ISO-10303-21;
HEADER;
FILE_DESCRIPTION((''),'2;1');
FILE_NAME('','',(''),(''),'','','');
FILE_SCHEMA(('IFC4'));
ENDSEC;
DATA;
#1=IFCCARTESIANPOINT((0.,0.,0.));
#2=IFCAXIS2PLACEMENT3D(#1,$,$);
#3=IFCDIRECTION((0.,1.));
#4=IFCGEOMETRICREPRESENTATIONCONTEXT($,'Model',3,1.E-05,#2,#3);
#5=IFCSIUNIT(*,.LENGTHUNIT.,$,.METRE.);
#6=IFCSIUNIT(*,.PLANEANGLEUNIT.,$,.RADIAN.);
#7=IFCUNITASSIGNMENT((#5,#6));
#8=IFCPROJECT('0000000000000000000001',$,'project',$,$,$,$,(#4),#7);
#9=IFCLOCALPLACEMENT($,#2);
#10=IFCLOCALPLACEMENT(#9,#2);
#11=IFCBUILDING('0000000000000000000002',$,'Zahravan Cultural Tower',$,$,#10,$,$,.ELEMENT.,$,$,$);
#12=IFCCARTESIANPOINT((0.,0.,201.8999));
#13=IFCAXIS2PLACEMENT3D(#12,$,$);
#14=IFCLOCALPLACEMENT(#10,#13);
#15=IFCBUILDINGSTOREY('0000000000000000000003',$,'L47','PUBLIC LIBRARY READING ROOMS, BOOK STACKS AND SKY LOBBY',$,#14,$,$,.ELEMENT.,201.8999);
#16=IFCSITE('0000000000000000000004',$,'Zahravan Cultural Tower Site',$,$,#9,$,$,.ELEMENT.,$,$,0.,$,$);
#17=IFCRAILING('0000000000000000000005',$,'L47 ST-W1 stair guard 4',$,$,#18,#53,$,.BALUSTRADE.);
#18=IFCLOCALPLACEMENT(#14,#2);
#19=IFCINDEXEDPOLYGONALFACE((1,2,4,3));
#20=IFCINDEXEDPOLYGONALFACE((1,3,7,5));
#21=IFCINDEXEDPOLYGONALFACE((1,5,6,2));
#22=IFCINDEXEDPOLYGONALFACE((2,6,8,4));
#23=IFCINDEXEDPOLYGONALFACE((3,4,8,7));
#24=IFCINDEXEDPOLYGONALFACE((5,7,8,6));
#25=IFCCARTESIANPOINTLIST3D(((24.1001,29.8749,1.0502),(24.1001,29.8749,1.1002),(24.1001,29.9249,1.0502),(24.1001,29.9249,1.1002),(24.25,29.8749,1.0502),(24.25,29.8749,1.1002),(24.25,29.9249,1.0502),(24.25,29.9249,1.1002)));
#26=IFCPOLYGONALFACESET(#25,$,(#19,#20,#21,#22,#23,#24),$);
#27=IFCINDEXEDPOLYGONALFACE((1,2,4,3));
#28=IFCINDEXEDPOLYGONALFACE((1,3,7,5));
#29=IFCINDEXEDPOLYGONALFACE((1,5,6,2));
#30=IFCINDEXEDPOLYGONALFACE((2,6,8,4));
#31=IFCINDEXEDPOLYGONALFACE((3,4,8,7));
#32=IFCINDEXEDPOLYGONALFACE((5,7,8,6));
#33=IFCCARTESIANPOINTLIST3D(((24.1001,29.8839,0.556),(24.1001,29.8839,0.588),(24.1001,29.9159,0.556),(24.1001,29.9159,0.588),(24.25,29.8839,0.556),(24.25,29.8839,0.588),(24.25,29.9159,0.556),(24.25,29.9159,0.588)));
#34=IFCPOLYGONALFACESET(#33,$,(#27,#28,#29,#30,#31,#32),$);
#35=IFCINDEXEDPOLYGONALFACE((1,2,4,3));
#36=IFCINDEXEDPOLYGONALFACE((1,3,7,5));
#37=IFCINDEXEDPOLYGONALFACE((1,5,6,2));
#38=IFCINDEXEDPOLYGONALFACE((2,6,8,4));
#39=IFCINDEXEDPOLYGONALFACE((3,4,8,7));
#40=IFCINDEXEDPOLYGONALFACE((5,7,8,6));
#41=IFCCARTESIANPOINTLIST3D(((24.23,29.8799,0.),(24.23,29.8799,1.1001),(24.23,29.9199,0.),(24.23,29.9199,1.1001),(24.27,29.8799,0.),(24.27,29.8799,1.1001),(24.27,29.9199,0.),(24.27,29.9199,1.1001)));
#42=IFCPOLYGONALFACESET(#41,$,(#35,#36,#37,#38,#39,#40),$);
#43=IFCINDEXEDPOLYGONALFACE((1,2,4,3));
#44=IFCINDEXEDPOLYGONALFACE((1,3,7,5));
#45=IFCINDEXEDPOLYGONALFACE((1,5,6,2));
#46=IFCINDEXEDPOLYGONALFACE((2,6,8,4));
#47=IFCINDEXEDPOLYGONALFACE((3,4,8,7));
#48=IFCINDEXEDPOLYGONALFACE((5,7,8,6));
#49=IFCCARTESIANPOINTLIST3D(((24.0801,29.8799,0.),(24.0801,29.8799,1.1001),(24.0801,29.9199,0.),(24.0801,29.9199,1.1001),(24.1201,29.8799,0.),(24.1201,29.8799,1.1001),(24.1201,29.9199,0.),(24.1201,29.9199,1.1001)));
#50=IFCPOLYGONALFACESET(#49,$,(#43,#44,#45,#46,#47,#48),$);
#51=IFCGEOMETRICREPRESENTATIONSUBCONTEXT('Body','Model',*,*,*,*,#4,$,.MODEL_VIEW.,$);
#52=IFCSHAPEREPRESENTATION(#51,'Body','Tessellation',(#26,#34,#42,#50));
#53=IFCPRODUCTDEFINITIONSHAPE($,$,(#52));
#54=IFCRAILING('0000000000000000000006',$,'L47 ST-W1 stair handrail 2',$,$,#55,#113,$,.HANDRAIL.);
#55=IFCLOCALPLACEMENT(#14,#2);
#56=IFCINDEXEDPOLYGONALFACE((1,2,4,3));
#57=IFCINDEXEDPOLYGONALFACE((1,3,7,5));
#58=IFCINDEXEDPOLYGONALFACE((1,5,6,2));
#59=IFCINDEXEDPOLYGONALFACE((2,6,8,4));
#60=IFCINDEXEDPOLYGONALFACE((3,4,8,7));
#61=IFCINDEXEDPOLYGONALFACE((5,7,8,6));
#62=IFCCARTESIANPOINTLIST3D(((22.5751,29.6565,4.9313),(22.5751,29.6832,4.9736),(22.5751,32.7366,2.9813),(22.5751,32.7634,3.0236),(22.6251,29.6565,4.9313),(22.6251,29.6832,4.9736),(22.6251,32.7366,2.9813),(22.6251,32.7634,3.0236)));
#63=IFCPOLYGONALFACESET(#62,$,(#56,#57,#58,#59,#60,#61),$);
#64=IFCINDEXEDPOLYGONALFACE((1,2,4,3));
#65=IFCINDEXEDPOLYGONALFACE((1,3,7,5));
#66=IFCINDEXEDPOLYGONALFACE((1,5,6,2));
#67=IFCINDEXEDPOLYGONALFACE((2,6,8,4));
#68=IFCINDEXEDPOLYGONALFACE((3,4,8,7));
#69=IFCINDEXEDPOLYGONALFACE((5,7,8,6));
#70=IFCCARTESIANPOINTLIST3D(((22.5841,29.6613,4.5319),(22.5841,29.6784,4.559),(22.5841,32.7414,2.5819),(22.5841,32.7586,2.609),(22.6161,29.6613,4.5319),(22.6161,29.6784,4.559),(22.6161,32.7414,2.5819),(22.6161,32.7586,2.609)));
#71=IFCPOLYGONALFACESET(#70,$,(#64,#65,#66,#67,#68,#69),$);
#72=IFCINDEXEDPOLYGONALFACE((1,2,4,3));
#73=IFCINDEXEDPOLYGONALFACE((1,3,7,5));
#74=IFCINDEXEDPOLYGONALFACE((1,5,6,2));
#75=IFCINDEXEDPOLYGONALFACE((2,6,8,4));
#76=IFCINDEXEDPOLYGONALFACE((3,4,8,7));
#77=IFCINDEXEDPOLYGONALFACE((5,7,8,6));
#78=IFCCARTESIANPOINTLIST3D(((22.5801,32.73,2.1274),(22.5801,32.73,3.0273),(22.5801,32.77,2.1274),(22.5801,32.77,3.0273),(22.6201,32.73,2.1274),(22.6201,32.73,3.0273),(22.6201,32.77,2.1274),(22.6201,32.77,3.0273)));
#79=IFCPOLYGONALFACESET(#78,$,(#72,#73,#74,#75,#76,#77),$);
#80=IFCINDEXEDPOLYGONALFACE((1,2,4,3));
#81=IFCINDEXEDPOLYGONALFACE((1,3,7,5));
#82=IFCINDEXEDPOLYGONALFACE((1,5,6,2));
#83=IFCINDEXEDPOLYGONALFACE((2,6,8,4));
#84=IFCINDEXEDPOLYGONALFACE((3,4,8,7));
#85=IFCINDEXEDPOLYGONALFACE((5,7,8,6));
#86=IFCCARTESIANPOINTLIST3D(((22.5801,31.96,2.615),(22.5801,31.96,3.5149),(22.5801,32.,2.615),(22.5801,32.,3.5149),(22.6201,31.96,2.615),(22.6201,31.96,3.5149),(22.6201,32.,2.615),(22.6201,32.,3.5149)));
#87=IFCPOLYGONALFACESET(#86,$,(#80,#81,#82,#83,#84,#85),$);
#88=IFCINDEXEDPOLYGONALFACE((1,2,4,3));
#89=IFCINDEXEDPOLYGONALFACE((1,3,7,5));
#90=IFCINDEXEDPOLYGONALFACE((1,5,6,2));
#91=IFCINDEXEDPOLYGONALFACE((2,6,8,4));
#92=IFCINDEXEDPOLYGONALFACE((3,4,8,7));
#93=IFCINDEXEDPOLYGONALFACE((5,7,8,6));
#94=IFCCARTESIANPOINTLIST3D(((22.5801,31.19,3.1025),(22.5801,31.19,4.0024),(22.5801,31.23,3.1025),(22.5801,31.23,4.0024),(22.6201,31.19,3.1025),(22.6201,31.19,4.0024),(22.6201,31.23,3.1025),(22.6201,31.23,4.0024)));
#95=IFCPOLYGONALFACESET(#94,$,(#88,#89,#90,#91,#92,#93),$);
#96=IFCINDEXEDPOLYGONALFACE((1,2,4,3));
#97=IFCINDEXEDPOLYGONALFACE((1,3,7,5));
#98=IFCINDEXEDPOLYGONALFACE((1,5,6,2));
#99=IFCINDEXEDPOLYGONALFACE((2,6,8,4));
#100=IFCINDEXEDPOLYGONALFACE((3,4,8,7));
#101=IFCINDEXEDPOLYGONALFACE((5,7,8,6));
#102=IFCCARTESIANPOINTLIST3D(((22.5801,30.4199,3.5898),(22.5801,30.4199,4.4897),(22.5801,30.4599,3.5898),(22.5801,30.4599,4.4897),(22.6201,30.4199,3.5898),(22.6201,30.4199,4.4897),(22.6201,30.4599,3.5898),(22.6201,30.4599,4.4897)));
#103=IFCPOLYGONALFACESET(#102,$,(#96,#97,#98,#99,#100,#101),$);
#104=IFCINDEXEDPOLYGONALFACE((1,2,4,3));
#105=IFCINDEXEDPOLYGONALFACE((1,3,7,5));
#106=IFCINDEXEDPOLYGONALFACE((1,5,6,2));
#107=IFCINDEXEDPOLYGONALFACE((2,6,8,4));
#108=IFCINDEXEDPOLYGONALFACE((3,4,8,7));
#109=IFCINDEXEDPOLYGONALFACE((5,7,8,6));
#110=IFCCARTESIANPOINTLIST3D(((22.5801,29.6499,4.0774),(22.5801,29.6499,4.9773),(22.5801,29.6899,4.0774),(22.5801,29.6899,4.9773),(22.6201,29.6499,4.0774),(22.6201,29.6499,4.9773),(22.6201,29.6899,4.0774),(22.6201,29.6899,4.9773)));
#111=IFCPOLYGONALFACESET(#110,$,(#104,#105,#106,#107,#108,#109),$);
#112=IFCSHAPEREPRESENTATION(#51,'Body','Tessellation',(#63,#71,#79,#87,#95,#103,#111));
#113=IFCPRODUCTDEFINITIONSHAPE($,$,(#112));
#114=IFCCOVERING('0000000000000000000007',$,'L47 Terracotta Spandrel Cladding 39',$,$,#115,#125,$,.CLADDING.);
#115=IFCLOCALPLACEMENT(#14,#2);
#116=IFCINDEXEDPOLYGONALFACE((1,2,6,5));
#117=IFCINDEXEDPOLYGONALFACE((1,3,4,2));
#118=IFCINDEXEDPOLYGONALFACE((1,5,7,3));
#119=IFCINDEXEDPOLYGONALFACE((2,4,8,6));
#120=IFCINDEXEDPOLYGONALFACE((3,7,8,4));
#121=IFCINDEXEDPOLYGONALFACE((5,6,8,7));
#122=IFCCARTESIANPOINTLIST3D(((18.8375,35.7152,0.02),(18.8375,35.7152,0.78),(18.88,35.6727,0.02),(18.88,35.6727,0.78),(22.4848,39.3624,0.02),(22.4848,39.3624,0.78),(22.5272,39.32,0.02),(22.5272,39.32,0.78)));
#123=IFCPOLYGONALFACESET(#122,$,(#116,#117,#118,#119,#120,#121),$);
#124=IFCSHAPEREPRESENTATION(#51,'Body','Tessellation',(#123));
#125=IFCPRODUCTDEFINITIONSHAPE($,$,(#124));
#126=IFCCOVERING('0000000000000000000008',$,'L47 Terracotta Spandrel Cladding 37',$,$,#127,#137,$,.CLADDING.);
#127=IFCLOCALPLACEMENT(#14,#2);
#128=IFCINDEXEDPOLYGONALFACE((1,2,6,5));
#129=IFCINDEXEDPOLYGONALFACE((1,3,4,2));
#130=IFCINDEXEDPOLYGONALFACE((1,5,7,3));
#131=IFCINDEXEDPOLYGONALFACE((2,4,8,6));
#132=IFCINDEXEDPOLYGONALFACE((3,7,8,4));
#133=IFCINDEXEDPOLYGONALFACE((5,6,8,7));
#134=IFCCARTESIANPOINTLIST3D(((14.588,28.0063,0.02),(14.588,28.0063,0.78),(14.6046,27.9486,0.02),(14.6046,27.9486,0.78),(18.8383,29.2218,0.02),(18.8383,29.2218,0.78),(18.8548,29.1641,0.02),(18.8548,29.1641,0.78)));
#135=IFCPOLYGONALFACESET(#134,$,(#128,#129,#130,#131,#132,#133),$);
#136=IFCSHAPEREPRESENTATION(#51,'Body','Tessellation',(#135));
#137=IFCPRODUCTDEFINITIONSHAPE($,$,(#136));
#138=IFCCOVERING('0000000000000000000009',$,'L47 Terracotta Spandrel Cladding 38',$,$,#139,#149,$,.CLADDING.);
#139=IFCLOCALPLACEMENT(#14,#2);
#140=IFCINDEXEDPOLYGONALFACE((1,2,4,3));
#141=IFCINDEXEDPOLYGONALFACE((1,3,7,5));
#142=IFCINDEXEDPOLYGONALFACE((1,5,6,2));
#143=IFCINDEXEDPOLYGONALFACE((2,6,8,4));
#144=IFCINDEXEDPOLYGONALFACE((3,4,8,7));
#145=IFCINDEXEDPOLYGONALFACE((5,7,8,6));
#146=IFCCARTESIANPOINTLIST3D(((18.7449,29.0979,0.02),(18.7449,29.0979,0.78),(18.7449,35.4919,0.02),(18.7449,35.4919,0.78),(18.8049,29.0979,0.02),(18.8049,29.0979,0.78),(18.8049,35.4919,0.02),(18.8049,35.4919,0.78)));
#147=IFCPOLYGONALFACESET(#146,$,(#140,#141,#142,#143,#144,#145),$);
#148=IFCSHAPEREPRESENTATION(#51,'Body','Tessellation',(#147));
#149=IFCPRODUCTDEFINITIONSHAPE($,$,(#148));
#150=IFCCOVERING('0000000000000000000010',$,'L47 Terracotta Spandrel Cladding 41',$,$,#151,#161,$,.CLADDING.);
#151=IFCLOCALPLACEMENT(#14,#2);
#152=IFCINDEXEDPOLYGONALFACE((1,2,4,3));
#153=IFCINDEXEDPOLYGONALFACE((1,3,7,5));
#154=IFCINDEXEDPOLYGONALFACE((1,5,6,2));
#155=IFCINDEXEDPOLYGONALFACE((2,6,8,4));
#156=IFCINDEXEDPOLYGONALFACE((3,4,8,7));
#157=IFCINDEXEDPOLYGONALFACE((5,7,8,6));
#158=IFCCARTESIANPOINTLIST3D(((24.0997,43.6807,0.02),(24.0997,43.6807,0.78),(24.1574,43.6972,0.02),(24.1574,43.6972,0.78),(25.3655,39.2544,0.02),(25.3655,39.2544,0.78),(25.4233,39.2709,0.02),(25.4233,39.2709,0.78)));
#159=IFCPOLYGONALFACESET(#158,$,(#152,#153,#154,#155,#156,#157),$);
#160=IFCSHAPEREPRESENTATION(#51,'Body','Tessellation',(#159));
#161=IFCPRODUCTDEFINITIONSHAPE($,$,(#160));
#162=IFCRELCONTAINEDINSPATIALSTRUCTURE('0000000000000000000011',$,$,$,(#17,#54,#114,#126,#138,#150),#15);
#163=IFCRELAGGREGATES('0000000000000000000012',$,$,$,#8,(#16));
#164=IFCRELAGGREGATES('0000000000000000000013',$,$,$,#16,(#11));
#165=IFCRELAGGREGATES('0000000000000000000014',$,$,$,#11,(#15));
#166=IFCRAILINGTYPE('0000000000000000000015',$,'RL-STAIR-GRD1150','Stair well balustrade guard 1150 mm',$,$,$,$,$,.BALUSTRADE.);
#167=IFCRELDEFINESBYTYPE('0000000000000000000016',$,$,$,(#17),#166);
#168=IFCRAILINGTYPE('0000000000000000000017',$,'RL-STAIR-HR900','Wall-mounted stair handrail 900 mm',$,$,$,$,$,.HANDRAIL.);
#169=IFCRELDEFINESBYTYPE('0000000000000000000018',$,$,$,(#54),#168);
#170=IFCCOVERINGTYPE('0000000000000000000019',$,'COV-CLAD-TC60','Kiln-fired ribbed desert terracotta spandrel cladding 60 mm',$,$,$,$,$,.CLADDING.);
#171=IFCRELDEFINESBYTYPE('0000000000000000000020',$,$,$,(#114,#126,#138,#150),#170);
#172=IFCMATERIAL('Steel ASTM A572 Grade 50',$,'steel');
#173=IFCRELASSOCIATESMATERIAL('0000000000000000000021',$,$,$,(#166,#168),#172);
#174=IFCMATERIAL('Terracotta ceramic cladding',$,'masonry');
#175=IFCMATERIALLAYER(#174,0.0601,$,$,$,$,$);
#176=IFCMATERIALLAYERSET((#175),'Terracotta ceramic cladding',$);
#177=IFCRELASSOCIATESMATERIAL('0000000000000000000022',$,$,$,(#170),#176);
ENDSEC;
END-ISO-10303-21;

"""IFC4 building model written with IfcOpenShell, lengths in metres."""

from ifc_helpers import new_model, si_unit, direction, frame, origin, origin_2d, place, context, subcontext, project, spatial, rectangle, extrude, source, transform, mapped, material, layer, layer_set, type_object, element, save


model = new_model("IFC4")

# Units and contexts
model_context = context("Model", 3, precision=1e-05, world=origin(), true_north=direction((0.0, 1.0)))
body_context = subcontext(model_context, "Body", "Model", "MODEL_VIEW")
ifc_project = project(units=[si_unit("LENGTHUNIT", "METRE"), si_unit("PLANEANGLEUNIT", "RADIAN")], contexts=[model_context])

# Site, building, storey
site_placement = place(None, origin())
site = spatial("IfcSite", under=ifc_project, at=site_placement, Name="Zahravan Cultural Tower Site", CompositionType="ELEMENT", RefElevation=0.0)
building_placement = place(site_placement, origin())
building = spatial("IfcBuilding", under=site, at=building_placement, Name="Zahravan Cultural Tower", CompositionType="ELEMENT")
storey_placement = place(building_placement, frame((0.0, 0.0, 201.8999)))
storey = spatial("IfcBuildingStorey", under=building, at=storey_placement, Name="L47", Description="PUBLIC LIBRARY READING ROOMS, BOOK STACKS AND SKY LOBBY", CompositionType="ELEMENT", Elevation=201.8999)

# Railings
ifc_material_1 = material(Name="Steel ASTM A572 Grade 50", Category="steel")
railing_type_1 = type_object("IfcRailingType", Name="RL-STAIR-GRD1150", Description="Stair well balustrade guard 1150 mm", PredefinedType="BALUSTRADE", material=ifc_material_1)
railing_1_placement = place(storey_placement, frame((24.25, 29.8999, 0.0)))
element("IfcRailing", 1, at=railing_1_placement, inside=storey, type_object=railing_type_1, Name="L47 ST-W1 stair guard 4", PredefinedType="BALUSTRADE", context=body_context, shape_type="SweptSolid", body=[
    extrude(rectangle(XDim=0.05, YDim=0.05, at=origin_2d()), frame((0.0, 0.0, 1.0752), z_axis=(-1.0, 0.0, 0.0), x_axis=(0.0, -1.0, 0.0)), (0.0, 0.0, 1.0), 0.1499),
    extrude(rectangle(XDim=0.032, YDim=0.032, at=origin_2d()), frame((0.0, 0.0, 0.572), z_axis=(-1.0, 0.0, 0.0), x_axis=(0.0, -1.0, 0.0)), (0.0, 0.0, 1.0), 0.1499),
    extrude(rectangle(XDim=0.04, YDim=0.04, at=origin_2d()), origin(), (0.0, 0.0, 1.0), 1.1001),
    extrude(rectangle(XDim=0.04, YDim=0.04, at=origin_2d()), frame((-0.1499, 0.0, 0.0)), (0.0, 0.0, 1.0), 1.1001),
])
railing_type_2 = type_object("IfcRailingType", Name="RL-STAIR-HR900", Description="Wall-mounted stair handrail 900 mm", PredefinedType="HANDRAIL", material=ifc_material_1)
railing_2_placement = place(storey_placement, frame((22.6001, 32.75, 2.1274)))
element("IfcRailing", 2, at=railing_2_placement, inside=storey, type_object=railing_type_2, Name="L47 ST-W1 stair handrail 2", PredefinedType="HANDRAIL", context=body_context, shape_type="SweptSolid", body=[
    extrude(rectangle(XDim=0.05, YDim=0.05, at=origin_2d()), frame((0.0, 0.0, 0.875), z_axis=(0.0, -0.844914, 0.534902), x_axis=(1.0, 0.0, 0.0)), (0.0, 0.0, 1.0), 3.6455),
    extrude(rectangle(XDim=0.032, YDim=0.032, at=origin_2d()), frame((0.0, 0.0, 0.468), z_axis=(0.0, -0.844914, 0.534902), x_axis=(1.0, 0.0, 0.0)), (0.0, 0.0, 1.0), 3.6455),
    extrude(rectangle(XDim=0.04, YDim=0.04, at=origin_2d()), origin(), (0.0, 0.0, 1.0), 0.8999),
    extrude(rectangle(XDim=0.04, YDim=0.04, at=origin_2d()), frame((0.0, -0.77, 0.4875)), (0.0, 0.0, 1.0), 0.8999),
    extrude(rectangle(XDim=0.04, YDim=0.04, at=origin_2d()), frame((0.0, -1.54, 0.9751)), (0.0, 0.0, 1.0), 0.8999),
    extrude(rectangle(XDim=0.04, YDim=0.04, at=origin_2d()), frame((0.0, -2.3101, 1.4624)), (0.0, 0.0, 1.0), 0.8999),
    extrude(rectangle(XDim=0.04, YDim=0.04, at=origin_2d()), frame((0.0, -3.0801, 1.95)), (0.0, 0.0, 1.0), 0.8999),
])

# Coverings
ifc_material_2 = material(Name="Terracotta ceramic cladding", Category="masonry")
ifc_layer_1 = layer(ifc_material_2, 0.0601)
ifc_layer_set_1 = layer_set([ifc_layer_1], Name="Terracotta ceramic cladding")
covering_type = type_object("IfcCoveringType", Name="COV-CLAD-TC60", Description="Kiln-fired ribbed desert terracotta spandrel cladding 60 mm", PredefinedType="CLADDING", material=ifc_layer_set_1)
shared_shape_1 = source(origin(), body_context, "Body", "SweptSolid", [
    extrude(rectangle(XDim=5.158, YDim=0.0601, at=origin_2d()), origin(), (0.0, 0.0, 1.0), 0.76),
])
covering_1_placement = place(storey_placement, frame((20.6824, 37.5176, 0.02), z_axis=(0.0, 0.0, 1.0), x_axis=(0.707107, 0.707107, 0.0)))
element("IfcCovering", 3, at=covering_1_placement, inside=storey, type_object=covering_type, Name="L47 Terracotta Spandrel Cladding 39", PredefinedType="CLADDING", context=body_context, shape_type="MappedRepresentation", body=[
    mapped(shared_shape_1, transform((0.0, 0.0, 0.0), x_axis=(1.0, 0.0, 0.0), y_axis=(0.0, 1.0, 0.0), z_axis=(0.0, 0.0, 1.0), scale=1.0)),
])
shared_shape_2 = source(origin(), body_context, "Body", "SweptSolid", [
    extrude(rectangle(XDim=4.4207, YDim=0.0601, at=origin_2d()), origin(), (0.0, 0.0, 1.0), 0.76),
])
covering_2_placement = place(storey_placement, frame((16.7214, 28.5852, 0.02), z_axis=(0.0, 0.0, 1.0), x_axis=(0.961459, 0.274949, 0.0)))
element("IfcCovering", 4, at=covering_2_placement, inside=storey, type_object=covering_type, Name="L47 Terracotta Spandrel Cladding 37", PredefinedType="CLADDING", context=body_context, shape_type="MappedRepresentation", body=[
    mapped(shared_shape_2, transform((0.0, 0.0, 0.0), x_axis=(1.0, 0.0, 0.0), y_axis=(0.0, 1.0, 0.0), z_axis=(0.0, 0.0, 1.0), scale=1.0)),
])
shared_shape_3 = source(origin(), body_context, "Body", "SweptSolid", [
    extrude(rectangle(XDim=6.394, YDim=0.0601, at=origin_2d()), origin(), (0.0, 0.0, 1.0), 0.76),
])
covering_3_placement = place(storey_placement, frame((18.7749, 32.2949, 0.02), z_axis=(0.0, 0.0, 1.0), x_axis=(0.0, 1.0, 0.0)))
element("IfcCovering", 5, at=covering_3_placement, inside=storey, type_object=covering_type, Name="L47 Terracotta Spandrel Cladding 38", PredefinedType="CLADDING", context=body_context, shape_type="MappedRepresentation", body=[
    mapped(shared_shape_3, transform((0.0, 0.0, 0.0), x_axis=(1.0, 0.0, 0.0), y_axis=(0.0, 1.0, 0.0), z_axis=(0.0, 0.0, 1.0), scale=1.0)),
])
shared_shape_4 = source(origin(), body_context, "Body", "SweptSolid", [
    extrude(rectangle(XDim=4.6038, YDim=0.0601, at=origin_2d()), origin(), (0.0, 0.0, 1.0), 0.76),
])
covering_4_placement = place(storey_placement, frame((24.7615, 41.4758, 0.02), z_axis=(0.0, 0.0, 1.0), x_axis=(-0.274966, 0.961454, 0.0)))
element("IfcCovering", 6, at=covering_4_placement, inside=storey, type_object=covering_type, Name="L47 Terracotta Spandrel Cladding 41", PredefinedType="CLADDING", context=body_context, shape_type="MappedRepresentation", body=[
    mapped(shared_shape_4, transform((0.0, 0.0, 0.0), x_axis=(1.0, 0.0, 0.0), y_axis=(0.0, 1.0, 0.0), z_axis=(0.0, 0.0, 1.0), scale=1.0)),
])

save(model, "model.ifc")
